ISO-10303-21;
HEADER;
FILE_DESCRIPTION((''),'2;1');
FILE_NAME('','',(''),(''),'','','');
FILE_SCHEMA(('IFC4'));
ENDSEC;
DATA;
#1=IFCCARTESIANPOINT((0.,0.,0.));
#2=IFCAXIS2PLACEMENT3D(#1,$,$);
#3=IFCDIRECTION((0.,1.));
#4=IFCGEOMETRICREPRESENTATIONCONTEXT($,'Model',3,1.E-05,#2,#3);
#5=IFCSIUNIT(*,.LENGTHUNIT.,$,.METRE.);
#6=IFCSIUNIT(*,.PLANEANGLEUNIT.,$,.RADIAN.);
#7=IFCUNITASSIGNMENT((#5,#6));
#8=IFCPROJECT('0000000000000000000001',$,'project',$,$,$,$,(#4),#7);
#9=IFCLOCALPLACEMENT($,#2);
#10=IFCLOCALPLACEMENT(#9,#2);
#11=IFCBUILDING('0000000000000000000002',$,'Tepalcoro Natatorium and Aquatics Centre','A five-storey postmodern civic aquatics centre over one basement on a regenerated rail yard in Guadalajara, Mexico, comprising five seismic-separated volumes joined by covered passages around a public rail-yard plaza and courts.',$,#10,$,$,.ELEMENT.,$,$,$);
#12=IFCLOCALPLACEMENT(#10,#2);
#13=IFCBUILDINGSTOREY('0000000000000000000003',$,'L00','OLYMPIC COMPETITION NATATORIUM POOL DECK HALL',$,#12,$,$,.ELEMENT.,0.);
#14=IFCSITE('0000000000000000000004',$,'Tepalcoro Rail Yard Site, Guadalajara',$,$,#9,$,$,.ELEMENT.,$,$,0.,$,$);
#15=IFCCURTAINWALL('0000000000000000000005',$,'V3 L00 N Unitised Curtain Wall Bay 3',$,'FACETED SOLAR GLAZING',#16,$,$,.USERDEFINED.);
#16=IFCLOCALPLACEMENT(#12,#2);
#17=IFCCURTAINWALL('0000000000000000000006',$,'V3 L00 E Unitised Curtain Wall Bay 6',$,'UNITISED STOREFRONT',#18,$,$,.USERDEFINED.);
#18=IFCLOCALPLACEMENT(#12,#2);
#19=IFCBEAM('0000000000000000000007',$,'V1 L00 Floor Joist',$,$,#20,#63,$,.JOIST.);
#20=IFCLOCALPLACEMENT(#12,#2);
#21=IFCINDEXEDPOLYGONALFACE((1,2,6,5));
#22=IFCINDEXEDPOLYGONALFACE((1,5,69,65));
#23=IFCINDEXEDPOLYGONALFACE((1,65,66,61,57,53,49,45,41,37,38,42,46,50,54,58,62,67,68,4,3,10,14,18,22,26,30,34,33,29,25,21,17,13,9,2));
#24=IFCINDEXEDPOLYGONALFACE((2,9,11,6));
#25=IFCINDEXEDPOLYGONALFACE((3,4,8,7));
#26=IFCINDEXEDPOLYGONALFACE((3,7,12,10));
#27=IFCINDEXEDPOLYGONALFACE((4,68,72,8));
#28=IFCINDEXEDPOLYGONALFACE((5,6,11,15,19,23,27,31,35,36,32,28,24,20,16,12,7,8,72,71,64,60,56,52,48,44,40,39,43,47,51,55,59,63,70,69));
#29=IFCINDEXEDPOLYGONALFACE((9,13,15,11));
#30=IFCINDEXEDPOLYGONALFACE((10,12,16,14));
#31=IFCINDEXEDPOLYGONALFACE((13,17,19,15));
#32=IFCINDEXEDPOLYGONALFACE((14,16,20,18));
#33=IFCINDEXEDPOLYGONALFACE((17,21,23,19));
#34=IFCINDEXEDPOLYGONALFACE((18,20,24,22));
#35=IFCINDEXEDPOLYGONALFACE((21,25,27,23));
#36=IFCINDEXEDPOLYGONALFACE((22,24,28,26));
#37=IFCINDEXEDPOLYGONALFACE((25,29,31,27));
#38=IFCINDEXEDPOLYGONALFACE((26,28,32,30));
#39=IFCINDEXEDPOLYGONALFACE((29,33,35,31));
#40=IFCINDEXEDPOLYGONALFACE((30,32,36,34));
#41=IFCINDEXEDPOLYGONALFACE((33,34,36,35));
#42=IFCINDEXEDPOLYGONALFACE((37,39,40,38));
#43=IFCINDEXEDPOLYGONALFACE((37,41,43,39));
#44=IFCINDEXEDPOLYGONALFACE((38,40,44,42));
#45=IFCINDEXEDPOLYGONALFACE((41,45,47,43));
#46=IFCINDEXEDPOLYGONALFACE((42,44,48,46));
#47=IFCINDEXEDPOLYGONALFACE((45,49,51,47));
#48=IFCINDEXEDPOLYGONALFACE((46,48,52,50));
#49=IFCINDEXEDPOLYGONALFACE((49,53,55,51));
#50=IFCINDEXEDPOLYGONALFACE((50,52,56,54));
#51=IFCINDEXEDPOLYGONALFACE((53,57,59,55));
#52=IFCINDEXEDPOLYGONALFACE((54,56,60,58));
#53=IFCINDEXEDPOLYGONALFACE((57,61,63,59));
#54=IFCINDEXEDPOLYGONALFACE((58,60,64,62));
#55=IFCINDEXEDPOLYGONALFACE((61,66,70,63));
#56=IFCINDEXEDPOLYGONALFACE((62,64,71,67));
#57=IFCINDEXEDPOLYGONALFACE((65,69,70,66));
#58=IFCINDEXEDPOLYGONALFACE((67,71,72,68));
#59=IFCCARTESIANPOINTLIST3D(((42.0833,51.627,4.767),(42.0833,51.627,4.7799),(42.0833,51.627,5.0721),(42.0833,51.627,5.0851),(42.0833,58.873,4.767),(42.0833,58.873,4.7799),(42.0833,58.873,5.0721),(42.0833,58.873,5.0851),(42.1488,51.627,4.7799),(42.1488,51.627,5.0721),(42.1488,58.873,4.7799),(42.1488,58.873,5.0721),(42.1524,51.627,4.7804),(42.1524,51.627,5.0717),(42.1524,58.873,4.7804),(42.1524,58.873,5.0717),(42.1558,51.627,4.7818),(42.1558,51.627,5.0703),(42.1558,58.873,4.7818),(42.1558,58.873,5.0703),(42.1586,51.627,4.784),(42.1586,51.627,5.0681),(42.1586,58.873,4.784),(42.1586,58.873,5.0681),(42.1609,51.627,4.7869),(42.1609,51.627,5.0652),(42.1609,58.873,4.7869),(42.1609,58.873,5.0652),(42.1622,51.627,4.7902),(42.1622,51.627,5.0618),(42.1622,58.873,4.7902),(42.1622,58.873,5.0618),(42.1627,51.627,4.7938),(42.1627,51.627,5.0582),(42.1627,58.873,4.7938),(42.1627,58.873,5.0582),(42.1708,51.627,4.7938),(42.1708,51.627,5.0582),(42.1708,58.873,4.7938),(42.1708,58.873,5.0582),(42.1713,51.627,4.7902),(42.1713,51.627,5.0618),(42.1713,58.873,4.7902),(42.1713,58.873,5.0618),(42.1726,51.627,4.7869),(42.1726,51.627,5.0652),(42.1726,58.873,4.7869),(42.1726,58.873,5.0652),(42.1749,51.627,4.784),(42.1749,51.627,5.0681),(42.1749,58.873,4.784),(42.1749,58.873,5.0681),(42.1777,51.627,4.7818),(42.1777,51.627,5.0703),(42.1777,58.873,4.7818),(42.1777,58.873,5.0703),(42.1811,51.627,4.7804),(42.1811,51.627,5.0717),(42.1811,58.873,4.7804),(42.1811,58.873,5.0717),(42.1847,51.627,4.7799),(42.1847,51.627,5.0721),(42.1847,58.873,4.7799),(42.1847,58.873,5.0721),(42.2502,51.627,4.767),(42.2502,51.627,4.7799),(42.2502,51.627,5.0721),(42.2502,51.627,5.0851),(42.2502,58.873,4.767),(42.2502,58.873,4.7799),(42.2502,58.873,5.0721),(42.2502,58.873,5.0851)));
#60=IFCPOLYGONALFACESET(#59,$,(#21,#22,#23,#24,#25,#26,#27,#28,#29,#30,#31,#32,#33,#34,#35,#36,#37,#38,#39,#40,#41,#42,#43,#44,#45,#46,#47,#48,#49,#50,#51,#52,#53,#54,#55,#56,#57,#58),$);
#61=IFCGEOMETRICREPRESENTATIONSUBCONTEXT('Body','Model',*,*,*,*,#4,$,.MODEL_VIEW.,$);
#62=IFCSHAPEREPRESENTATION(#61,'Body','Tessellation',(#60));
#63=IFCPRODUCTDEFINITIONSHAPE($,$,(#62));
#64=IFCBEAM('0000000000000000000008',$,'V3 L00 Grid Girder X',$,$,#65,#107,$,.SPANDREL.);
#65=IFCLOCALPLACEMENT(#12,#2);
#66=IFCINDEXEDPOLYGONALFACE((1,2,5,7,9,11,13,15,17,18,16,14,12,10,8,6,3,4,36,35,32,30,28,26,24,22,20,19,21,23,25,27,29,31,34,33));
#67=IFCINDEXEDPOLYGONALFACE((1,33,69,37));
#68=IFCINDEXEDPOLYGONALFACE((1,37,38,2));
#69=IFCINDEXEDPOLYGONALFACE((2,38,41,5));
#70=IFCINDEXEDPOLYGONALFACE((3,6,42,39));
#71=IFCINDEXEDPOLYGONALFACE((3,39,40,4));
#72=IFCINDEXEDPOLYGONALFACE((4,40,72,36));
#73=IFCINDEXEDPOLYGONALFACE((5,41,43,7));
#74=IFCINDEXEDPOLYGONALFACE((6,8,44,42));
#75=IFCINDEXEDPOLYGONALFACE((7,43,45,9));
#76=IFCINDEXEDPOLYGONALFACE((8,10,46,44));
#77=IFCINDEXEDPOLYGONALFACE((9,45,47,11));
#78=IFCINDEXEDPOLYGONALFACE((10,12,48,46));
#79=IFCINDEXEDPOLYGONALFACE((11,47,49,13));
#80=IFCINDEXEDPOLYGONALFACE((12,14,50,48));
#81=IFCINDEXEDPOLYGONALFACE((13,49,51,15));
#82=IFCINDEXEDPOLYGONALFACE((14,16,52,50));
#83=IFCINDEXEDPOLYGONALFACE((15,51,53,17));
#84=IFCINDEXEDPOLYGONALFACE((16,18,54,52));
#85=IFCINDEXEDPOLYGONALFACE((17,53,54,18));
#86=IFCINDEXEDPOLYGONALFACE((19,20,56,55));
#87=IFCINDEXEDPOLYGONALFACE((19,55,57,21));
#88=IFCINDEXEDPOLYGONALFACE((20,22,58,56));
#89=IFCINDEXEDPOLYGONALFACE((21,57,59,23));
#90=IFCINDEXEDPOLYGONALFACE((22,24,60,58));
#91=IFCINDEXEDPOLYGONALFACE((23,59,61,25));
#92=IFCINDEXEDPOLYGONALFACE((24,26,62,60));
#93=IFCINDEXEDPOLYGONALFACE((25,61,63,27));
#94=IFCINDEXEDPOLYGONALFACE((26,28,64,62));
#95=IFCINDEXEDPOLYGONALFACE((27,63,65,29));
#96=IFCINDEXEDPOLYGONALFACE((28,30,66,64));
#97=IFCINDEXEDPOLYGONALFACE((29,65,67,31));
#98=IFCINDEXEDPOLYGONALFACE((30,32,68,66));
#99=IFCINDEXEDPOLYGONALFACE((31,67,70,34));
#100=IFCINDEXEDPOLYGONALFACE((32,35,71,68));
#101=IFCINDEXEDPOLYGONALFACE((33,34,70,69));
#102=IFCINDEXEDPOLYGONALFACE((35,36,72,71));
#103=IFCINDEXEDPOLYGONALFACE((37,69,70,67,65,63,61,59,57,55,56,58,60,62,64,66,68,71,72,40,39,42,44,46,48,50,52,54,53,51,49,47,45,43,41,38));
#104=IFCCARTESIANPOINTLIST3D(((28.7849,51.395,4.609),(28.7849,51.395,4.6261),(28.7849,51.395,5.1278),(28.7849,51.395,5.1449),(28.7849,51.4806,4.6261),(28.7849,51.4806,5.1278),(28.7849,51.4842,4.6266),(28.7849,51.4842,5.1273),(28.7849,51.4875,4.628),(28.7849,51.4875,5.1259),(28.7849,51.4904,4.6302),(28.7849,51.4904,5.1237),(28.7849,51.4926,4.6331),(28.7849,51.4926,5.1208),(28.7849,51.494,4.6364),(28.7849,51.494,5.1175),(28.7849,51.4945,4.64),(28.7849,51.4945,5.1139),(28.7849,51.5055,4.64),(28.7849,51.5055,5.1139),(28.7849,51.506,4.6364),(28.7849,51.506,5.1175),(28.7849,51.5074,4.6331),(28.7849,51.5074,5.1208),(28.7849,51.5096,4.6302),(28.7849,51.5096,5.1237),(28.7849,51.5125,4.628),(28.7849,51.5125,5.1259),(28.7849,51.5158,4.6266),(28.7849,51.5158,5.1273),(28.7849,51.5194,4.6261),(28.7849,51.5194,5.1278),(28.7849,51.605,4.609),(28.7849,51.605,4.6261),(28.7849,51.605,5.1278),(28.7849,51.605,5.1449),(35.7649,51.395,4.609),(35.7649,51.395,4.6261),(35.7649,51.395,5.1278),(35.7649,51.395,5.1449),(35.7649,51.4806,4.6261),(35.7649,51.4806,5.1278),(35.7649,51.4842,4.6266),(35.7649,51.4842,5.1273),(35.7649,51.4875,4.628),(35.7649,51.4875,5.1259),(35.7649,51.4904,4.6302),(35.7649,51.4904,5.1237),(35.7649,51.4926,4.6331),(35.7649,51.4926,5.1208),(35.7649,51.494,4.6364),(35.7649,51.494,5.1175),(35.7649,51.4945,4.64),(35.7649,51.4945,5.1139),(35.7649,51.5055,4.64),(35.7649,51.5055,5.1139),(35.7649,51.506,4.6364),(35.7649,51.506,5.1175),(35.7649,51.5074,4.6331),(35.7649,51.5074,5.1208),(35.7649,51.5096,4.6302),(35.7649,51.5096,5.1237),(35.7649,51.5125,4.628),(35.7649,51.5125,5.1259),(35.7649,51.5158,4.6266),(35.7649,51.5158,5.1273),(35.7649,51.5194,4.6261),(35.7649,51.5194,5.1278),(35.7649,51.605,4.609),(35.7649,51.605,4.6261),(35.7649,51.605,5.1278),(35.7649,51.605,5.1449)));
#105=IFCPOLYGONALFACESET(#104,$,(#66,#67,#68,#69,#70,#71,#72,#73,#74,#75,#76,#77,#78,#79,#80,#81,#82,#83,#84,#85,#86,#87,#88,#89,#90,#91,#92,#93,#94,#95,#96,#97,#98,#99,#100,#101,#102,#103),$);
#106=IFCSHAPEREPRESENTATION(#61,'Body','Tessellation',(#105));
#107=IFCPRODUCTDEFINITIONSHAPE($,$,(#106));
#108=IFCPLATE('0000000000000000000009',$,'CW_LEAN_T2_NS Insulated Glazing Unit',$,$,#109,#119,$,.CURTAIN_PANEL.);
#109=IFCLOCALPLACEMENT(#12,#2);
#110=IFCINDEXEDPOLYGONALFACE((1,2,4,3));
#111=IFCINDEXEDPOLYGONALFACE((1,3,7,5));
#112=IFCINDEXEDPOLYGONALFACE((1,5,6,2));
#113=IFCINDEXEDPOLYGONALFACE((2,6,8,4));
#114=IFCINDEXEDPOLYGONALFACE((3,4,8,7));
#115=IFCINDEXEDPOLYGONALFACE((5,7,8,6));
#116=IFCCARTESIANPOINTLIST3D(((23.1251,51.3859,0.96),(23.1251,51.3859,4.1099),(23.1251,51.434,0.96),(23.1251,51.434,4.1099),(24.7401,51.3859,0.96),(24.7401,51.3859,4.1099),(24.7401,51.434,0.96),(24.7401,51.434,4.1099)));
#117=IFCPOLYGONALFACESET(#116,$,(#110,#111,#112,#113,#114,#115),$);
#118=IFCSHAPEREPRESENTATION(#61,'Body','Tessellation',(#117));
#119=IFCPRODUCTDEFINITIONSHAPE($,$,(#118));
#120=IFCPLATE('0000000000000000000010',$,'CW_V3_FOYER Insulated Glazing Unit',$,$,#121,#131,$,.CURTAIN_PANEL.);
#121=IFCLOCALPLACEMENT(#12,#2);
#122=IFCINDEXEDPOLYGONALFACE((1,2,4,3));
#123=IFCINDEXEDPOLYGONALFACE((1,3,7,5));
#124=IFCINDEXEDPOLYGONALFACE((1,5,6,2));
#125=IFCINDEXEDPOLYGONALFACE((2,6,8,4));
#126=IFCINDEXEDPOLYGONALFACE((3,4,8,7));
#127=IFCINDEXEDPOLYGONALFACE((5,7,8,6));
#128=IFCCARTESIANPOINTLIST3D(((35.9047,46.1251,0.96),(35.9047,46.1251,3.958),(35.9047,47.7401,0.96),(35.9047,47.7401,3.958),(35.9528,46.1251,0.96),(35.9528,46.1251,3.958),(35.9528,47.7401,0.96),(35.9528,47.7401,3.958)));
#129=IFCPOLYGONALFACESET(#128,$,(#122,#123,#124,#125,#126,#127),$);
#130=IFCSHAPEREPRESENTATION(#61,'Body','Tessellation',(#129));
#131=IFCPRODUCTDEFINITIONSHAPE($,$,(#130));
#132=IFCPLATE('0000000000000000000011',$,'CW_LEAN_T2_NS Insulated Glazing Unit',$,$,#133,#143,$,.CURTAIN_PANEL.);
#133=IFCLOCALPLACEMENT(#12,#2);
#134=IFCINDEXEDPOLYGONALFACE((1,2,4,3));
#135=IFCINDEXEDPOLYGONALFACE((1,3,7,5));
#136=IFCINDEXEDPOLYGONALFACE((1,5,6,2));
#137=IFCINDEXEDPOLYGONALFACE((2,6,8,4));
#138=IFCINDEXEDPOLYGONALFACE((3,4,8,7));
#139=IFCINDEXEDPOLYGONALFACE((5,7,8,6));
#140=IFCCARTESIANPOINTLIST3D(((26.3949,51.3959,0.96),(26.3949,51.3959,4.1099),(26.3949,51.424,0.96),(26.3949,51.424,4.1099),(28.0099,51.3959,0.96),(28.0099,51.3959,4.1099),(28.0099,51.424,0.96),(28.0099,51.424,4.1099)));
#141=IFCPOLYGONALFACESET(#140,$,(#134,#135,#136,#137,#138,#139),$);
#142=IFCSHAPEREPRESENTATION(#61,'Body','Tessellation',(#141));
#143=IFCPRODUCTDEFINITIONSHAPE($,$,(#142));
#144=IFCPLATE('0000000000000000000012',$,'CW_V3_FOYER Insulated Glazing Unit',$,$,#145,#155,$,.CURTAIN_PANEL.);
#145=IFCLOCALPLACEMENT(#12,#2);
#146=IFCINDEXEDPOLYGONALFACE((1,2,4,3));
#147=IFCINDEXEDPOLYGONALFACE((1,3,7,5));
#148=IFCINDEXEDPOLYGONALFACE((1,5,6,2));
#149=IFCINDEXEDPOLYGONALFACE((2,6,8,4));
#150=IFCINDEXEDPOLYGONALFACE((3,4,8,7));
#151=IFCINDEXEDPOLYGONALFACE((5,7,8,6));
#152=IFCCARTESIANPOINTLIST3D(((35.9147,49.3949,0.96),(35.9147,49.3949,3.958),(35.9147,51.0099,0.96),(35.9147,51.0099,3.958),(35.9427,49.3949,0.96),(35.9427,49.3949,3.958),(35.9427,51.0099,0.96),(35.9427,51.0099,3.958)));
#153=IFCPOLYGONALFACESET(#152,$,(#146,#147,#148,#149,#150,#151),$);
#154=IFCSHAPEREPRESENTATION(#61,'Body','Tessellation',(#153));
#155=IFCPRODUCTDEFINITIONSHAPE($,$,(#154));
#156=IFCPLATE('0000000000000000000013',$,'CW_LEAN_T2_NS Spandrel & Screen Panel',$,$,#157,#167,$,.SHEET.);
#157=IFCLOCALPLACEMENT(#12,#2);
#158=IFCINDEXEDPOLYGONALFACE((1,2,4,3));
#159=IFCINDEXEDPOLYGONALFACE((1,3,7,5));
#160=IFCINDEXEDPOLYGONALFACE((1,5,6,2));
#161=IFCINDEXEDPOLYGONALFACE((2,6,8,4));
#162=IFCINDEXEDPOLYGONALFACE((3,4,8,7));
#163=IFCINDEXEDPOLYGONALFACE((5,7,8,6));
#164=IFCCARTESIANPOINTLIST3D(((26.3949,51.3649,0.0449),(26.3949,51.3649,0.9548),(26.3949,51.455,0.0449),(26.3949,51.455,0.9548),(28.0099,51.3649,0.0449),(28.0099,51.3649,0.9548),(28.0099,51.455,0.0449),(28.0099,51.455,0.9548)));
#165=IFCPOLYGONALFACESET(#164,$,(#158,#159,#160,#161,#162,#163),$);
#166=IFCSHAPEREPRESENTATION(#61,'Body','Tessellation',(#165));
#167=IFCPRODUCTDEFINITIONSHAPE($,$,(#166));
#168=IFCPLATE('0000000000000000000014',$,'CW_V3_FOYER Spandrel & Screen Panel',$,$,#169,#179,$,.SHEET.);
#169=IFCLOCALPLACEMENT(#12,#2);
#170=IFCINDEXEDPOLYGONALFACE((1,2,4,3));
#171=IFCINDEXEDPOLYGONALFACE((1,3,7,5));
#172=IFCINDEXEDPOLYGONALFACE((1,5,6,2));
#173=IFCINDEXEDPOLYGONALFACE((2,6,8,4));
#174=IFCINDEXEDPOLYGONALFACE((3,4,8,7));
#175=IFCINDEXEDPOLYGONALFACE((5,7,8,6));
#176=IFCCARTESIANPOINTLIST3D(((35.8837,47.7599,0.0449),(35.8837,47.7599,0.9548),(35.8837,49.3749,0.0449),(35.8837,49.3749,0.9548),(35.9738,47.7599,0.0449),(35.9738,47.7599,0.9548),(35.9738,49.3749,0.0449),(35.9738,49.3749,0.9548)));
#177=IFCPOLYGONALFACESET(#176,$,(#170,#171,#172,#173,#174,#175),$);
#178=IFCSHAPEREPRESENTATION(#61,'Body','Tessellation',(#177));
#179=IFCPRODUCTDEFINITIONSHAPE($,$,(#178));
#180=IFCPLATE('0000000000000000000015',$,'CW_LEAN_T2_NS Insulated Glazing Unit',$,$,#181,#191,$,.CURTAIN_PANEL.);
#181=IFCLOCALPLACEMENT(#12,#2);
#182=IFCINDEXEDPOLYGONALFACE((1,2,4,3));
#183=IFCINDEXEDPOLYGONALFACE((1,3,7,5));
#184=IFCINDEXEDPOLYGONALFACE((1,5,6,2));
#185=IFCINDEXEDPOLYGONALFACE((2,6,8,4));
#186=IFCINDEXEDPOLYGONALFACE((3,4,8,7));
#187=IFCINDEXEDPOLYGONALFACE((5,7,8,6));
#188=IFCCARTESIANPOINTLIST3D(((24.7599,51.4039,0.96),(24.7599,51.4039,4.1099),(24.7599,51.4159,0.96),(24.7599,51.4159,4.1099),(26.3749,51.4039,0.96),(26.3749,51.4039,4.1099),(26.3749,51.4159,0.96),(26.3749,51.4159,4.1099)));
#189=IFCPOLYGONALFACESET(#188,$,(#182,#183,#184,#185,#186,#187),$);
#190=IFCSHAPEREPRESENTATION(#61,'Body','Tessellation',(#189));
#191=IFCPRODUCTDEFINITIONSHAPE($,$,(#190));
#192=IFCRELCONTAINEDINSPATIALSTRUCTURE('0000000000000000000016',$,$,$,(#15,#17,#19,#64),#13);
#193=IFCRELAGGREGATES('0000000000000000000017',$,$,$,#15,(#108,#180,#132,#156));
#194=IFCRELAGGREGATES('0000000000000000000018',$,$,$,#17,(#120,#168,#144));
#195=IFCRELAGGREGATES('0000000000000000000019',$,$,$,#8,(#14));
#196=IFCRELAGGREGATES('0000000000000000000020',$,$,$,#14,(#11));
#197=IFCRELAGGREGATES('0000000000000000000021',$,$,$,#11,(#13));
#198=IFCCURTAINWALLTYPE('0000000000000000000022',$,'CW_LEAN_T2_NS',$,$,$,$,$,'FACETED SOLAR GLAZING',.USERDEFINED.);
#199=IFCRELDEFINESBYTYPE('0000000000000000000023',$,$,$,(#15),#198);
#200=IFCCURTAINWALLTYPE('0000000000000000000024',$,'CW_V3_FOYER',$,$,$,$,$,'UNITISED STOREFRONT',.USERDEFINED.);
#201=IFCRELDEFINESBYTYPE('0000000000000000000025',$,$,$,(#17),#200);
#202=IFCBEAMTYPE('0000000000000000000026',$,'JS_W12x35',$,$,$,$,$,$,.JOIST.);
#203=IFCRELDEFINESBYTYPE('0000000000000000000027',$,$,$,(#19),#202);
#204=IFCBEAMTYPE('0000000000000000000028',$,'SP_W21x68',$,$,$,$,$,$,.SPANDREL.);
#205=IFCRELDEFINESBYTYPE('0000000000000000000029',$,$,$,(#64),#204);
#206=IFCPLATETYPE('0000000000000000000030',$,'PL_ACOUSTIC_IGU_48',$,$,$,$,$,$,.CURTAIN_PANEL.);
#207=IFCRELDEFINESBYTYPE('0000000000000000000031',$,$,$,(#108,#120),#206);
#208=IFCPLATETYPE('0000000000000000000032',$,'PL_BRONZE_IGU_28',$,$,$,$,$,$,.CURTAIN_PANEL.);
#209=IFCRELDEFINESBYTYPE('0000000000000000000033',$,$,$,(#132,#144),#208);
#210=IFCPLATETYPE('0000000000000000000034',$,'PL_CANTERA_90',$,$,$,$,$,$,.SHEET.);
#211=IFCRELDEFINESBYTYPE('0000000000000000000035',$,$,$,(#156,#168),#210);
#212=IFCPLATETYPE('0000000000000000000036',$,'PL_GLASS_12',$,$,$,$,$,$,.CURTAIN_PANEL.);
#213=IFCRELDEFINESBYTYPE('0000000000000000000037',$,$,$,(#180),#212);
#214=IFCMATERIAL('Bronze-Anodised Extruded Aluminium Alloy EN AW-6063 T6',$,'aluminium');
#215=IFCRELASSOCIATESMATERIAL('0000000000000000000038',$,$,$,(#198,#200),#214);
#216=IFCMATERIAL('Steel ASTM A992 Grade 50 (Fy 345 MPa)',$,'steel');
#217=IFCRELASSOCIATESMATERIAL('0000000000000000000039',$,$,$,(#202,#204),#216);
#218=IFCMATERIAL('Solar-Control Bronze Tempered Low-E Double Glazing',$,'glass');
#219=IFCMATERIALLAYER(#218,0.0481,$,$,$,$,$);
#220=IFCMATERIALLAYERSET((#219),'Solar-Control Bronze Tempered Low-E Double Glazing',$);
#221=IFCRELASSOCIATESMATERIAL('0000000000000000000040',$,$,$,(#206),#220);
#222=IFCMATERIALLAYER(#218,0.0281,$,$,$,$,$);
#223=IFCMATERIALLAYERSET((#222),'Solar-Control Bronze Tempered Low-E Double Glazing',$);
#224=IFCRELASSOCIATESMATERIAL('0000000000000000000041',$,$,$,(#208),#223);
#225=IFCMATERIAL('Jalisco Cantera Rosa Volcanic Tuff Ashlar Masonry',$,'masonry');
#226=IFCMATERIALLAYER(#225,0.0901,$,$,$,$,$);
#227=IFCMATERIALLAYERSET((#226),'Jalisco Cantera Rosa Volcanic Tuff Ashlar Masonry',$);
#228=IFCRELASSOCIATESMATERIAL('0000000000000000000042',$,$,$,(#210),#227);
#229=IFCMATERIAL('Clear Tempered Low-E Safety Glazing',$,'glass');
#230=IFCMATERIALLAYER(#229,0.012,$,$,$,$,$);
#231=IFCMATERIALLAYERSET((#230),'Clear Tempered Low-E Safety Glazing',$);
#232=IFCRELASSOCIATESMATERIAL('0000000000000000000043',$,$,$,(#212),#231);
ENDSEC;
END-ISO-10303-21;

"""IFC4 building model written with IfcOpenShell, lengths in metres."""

from ifc_helpers import new_model, si_unit, direction, frame, origin, origin_2d, place, context, subcontext, project, spatial, rectangle, i_section, extrude, material, layer, layer_set, material_profile, profile_set, type_object, element, aggregate, save


model = new_model("IFC4")

# Units and contexts
model_context = context("Model", 3, precision=1e-05, world=origin(), true_north=direction((0.0, 1.0)))
body_context = subcontext(model_context, "Body", "Model", "MODEL_VIEW")
ifc_project = project(units=[si_unit("LENGTHUNIT", "METRE"), si_unit("PLANEANGLEUNIT", "RADIAN")], contexts=[model_context])

# Site, building, storey
site_placement = place(None, origin())
site = spatial("IfcSite", under=ifc_project, at=site_placement, Name="Tepalcoro Rail Yard Site, Guadalajara", CompositionType="ELEMENT", RefElevation=0.0)
building_placement = place(site_placement, origin())
building = spatial("IfcBuilding", under=site, at=building_placement, Name="Tepalcoro Natatorium and Aquatics Centre", Description="A five-storey postmodern civic aquatics centre over one basement on a regenerated rail yard in Guadalajara, Mexico, comprising five seismic-separated volumes joined by covered passages around a public rail-yard plaza and courts.", CompositionType="ELEMENT")
storey_placement = place(building_placement, origin())
storey = spatial("IfcBuildingStorey", under=building, at=storey_placement, Name="L00", Description="OLYMPIC COMPETITION NATATORIUM POOL DECK HALL", CompositionType="ELEMENT", Elevation=0.0)

# Shared definitions
ifc_material_1 = material(Name="Steel ASTM A992 Grade 50 (Fy 345 MPa)", Category="steel")

# Curtain walls
ifc_material_2 = material(Name="Bronze-Anodised Extruded Aluminium Alloy EN AW-6063 T6", Category="aluminium")
curtain_wall_type_1 = type_object("IfcCurtainWallType", Name="CW_LEAN_T2_NS", ElementType="FACETED SOLAR GLAZING", PredefinedType="USERDEFINED", material=ifc_material_2)
curtain_wall_1_placement = place(storey_placement, origin())
curtain_wall_1 = element("IfcCurtainWall", 1, at=curtain_wall_1_placement, inside=storey, type_object=curtain_wall_type_1, Name="V3 L00 N Unitised Curtain Wall Bay 3", ObjectType="FACETED SOLAR GLAZING", PredefinedType="USERDEFINED")
curtain_wall_type_2 = type_object("IfcCurtainWallType", Name="CW_V3_FOYER", ElementType="UNITISED STOREFRONT", PredefinedType="USERDEFINED", material=ifc_material_2)
curtain_wall_2_placement = place(storey_placement, origin())
curtain_wall_2 = element("IfcCurtainWall", 2, at=curtain_wall_2_placement, inside=storey, type_object=curtain_wall_type_2, Name="V3 L00 E Unitised Curtain Wall Bay 6", ObjectType="UNITISED STOREFRONT", PredefinedType="USERDEFINED")

# Beams
ifc_material_profile_1 = material_profile(ifc_material_1, i_section(OverallWidth=0.167, OverallDepth=0.3181, WebThickness=0.0081, FlangeThickness=0.0129, FilletRadius=0.0139, at=origin_2d()), Name="W12X35")
ifc_profile_set_1 = profile_set([ifc_material_profile_1], Name="Steel ASTM A992 Grade 50 (Fy 345 MPa)")
beam_type_1 = type_object("IfcBeamType", Name="JS_W12x35", PredefinedType="JOIST", material=ifc_profile_set_1)
beam_1_placement = place(storey_placement, frame((42.1667, 51.627, 4.926), z_axis=(0.0, 1.0, 0.0), x_axis=(-1.0, 0.0, 0.0)))
element("IfcBeam", 3, at=beam_1_placement, inside=storey, type_object=beam_type_1, Name="V1 L00 Floor Joist", PredefinedType="JOIST", context=body_context, shape_type="SweptSolid", body=[
    extrude(i_section(OverallWidth=0.167, OverallDepth=0.3181, WebThickness=0.0081, FlangeThickness=0.0129, FilletRadius=0.0139, at=origin_2d()), origin(), (0.0, 0.0, 1.0), 7.2461),
])
ifc_material_profile_2 = material_profile(ifc_material_1, i_section(OverallWidth=0.21, OverallDepth=0.5359, WebThickness=0.011, FlangeThickness=0.0171, FilletRadius=0.0139, at=origin_2d()), Name="W21X68")
ifc_profile_set_2 = profile_set([ifc_material_profile_2], Name="Steel ASTM A992 Grade 50 (Fy 345 MPa)")
beam_type_2 = type_object("IfcBeamType", Name="SP_W21x68", PredefinedType="SPANDREL", material=ifc_profile_set_2)
beam_2_placement = place(storey_placement, frame((28.7849, 51.5, 4.877), z_axis=(1.0, 0.0, 0.0), x_axis=(0.0, 1.0, 0.0)))
element("IfcBeam", 4, at=beam_2_placement, inside=storey, type_object=beam_type_2, Name="V3 L00 Grid Girder X", PredefinedType="SPANDREL", context=body_context, shape_type="SweptSolid", body=[
    extrude(i_section(OverallWidth=0.21, OverallDepth=0.5359, WebThickness=0.011, FlangeThickness=0.0171, FilletRadius=0.0139, at=origin_2d()), origin(), (0.0, 0.0, 1.0), 6.98),
])

# Plates
ifc_material_3 = material(Name="Solar-Control Bronze Tempered Low-E Double Glazing", Category="glass")
ifc_layer_1 = layer(ifc_material_3, 0.0481)
ifc_layer_set_1 = layer_set([ifc_layer_1], Name="Solar-Control Bronze Tempered Low-E Double Glazing")
plate_type_1 = type_object("IfcPlateType", Name="PL_ACOUSTIC_IGU_48", PredefinedType="CURTAIN_PANEL", material=ifc_layer_set_1)
plate_1_placement = place(storey_placement, frame((23.9326, 51.4099, 0.96), z_axis=(0.0, 0.0, 1.0), x_axis=(1.0, 0.0, 0.0)))
plate_1 = element("IfcPlate", 5, at=plate_1_placement, type_object=plate_type_1, Name="CW_LEAN_T2_NS Insulated Glazing Unit", PredefinedType="CURTAIN_PANEL", context=body_context, shape_type="SweptSolid", body=[
    extrude(rectangle(XDim=1.615, YDim=0.0481, at=origin_2d()), origin(), (0.0, 0.0, 1.0), 3.1499),
])
plate_2_placement = place(storey_placement, frame((35.9287, 46.9326, 0.96), z_axis=(0.0, 0.0, 1.0), x_axis=(1.0, 0.0, 0.0)))
plate_2 = element("IfcPlate", 6, at=plate_2_placement, type_object=plate_type_1, Name="CW_V3_FOYER Insulated Glazing Unit", PredefinedType="CURTAIN_PANEL", context=body_context, shape_type="SweptSolid", body=[
    extrude(rectangle(XDim=0.0481, YDim=1.615, at=origin_2d()), origin(), (0.0, 0.0, 1.0), 2.998),
])
ifc_layer_2 = layer(ifc_material_3, 0.0281)
ifc_layer_set_2 = layer_set([ifc_layer_2], Name="Solar-Control Bronze Tempered Low-E Double Glazing")
plate_type_2 = type_object("IfcPlateType", Name="PL_BRONZE_IGU_28", PredefinedType="CURTAIN_PANEL", material=ifc_layer_set_2)
plate_3_placement = place(storey_placement, frame((27.2024, 51.4099, 0.96), z_axis=(0.0, 0.0, 1.0), x_axis=(1.0, 0.0, 0.0)))
plate_3 = element("IfcPlate", 7, at=plate_3_placement, type_object=plate_type_2, Name="CW_LEAN_T2_NS Insulated Glazing Unit", PredefinedType="CURTAIN_PANEL", context=body_context, shape_type="SweptSolid", body=[
    extrude(rectangle(XDim=1.615, YDim=0.0281, at=origin_2d()), origin(), (0.0, 0.0, 1.0), 3.1499),
])
plate_4_placement = place(storey_placement, frame((35.9287, 50.2024, 0.96), z_axis=(0.0, 0.0, 1.0), x_axis=(1.0, 0.0, 0.0)))
plate_4 = element("IfcPlate", 8, at=plate_4_placement, type_object=plate_type_2, Name="CW_V3_FOYER Insulated Glazing Unit", PredefinedType="CURTAIN_PANEL", context=body_context, shape_type="SweptSolid", body=[
    extrude(rectangle(XDim=0.0281, YDim=1.615, at=origin_2d()), origin(), (0.0, 0.0, 1.0), 2.998),
])
ifc_material_4 = material(Name="Jalisco Cantera Rosa Volcanic Tuff Ashlar Masonry", Category="masonry")
ifc_layer_3 = layer(ifc_material_4, 0.0901)
ifc_layer_set_3 = layer_set([ifc_layer_3], Name="Jalisco Cantera Rosa Volcanic Tuff Ashlar Masonry")
plate_type_3 = type_object("IfcPlateType", Name="PL_CANTERA_90", PredefinedType="SHEET", material=ifc_layer_set_3)
plate_5_placement = place(storey_placement, frame((27.2024, 51.4099, 0.0449), z_axis=(0.0, 0.0, 1.0), x_axis=(1.0, 0.0, 0.0)))
plate_5 = element("IfcPlate", 9, at=plate_5_placement, type_object=plate_type_3, Name="CW_LEAN_T2_NS Spandrel & Screen Panel", PredefinedType="SHEET", context=body_context, shape_type="SweptSolid", body=[
    extrude(rectangle(XDim=1.615, YDim=0.0901, at=origin_2d()), origin(), (0.0, 0.0, 1.0), 0.9099),
])
plate_6_placement = place(storey_placement, frame((35.9287, 48.5674, 0.0449), z_axis=(0.0, 0.0, 1.0), x_axis=(1.0, 0.0, 0.0)))
plate_6 = element("IfcPlate", 10, at=plate_6_placement, type_object=plate_type_3, Name="CW_V3_FOYER Spandrel & Screen Panel", PredefinedType="SHEET", context=body_context, shape_type="SweptSolid", body=[
    extrude(rectangle(XDim=0.0901, YDim=1.615, at=origin_2d()), origin(), (0.0, 0.0, 1.0), 0.9099),
])
ifc_material_5 = material(Name="Clear Tempered Low-E Safety Glazing", Category="glass")
ifc_layer_4 = layer(ifc_material_5, 0.012)
ifc_layer_set_4 = layer_set([ifc_layer_4], Name="Clear Tempered Low-E Safety Glazing")
plate_type_4 = type_object("IfcPlateType", Name="PL_GLASS_12", PredefinedType="CURTAIN_PANEL", material=ifc_layer_set_4)
plate_7_placement = place(storey_placement, frame((25.5674, 51.4099, 0.96), z_axis=(0.0, 0.0, 1.0), x_axis=(1.0, 0.0, 0.0)))
plate_7 = element("IfcPlate", 11, at=plate_7_placement, type_object=plate_type_4, Name="CW_LEAN_T2_NS Insulated Glazing Unit", PredefinedType="CURTAIN_PANEL", context=body_context, shape_type="SweptSolid", body=[
    extrude(rectangle(XDim=1.615, YDim=0.012, at=origin_2d()), origin(), (0.0, 0.0, 1.0), 3.1499),
])
aggregate(curtain_wall_1, [plate_1, plate_7, plate_3, plate_5])
aggregate(curtain_wall_2, [plate_2, plate_6, plate_4])

save(model, "model.ifc")
